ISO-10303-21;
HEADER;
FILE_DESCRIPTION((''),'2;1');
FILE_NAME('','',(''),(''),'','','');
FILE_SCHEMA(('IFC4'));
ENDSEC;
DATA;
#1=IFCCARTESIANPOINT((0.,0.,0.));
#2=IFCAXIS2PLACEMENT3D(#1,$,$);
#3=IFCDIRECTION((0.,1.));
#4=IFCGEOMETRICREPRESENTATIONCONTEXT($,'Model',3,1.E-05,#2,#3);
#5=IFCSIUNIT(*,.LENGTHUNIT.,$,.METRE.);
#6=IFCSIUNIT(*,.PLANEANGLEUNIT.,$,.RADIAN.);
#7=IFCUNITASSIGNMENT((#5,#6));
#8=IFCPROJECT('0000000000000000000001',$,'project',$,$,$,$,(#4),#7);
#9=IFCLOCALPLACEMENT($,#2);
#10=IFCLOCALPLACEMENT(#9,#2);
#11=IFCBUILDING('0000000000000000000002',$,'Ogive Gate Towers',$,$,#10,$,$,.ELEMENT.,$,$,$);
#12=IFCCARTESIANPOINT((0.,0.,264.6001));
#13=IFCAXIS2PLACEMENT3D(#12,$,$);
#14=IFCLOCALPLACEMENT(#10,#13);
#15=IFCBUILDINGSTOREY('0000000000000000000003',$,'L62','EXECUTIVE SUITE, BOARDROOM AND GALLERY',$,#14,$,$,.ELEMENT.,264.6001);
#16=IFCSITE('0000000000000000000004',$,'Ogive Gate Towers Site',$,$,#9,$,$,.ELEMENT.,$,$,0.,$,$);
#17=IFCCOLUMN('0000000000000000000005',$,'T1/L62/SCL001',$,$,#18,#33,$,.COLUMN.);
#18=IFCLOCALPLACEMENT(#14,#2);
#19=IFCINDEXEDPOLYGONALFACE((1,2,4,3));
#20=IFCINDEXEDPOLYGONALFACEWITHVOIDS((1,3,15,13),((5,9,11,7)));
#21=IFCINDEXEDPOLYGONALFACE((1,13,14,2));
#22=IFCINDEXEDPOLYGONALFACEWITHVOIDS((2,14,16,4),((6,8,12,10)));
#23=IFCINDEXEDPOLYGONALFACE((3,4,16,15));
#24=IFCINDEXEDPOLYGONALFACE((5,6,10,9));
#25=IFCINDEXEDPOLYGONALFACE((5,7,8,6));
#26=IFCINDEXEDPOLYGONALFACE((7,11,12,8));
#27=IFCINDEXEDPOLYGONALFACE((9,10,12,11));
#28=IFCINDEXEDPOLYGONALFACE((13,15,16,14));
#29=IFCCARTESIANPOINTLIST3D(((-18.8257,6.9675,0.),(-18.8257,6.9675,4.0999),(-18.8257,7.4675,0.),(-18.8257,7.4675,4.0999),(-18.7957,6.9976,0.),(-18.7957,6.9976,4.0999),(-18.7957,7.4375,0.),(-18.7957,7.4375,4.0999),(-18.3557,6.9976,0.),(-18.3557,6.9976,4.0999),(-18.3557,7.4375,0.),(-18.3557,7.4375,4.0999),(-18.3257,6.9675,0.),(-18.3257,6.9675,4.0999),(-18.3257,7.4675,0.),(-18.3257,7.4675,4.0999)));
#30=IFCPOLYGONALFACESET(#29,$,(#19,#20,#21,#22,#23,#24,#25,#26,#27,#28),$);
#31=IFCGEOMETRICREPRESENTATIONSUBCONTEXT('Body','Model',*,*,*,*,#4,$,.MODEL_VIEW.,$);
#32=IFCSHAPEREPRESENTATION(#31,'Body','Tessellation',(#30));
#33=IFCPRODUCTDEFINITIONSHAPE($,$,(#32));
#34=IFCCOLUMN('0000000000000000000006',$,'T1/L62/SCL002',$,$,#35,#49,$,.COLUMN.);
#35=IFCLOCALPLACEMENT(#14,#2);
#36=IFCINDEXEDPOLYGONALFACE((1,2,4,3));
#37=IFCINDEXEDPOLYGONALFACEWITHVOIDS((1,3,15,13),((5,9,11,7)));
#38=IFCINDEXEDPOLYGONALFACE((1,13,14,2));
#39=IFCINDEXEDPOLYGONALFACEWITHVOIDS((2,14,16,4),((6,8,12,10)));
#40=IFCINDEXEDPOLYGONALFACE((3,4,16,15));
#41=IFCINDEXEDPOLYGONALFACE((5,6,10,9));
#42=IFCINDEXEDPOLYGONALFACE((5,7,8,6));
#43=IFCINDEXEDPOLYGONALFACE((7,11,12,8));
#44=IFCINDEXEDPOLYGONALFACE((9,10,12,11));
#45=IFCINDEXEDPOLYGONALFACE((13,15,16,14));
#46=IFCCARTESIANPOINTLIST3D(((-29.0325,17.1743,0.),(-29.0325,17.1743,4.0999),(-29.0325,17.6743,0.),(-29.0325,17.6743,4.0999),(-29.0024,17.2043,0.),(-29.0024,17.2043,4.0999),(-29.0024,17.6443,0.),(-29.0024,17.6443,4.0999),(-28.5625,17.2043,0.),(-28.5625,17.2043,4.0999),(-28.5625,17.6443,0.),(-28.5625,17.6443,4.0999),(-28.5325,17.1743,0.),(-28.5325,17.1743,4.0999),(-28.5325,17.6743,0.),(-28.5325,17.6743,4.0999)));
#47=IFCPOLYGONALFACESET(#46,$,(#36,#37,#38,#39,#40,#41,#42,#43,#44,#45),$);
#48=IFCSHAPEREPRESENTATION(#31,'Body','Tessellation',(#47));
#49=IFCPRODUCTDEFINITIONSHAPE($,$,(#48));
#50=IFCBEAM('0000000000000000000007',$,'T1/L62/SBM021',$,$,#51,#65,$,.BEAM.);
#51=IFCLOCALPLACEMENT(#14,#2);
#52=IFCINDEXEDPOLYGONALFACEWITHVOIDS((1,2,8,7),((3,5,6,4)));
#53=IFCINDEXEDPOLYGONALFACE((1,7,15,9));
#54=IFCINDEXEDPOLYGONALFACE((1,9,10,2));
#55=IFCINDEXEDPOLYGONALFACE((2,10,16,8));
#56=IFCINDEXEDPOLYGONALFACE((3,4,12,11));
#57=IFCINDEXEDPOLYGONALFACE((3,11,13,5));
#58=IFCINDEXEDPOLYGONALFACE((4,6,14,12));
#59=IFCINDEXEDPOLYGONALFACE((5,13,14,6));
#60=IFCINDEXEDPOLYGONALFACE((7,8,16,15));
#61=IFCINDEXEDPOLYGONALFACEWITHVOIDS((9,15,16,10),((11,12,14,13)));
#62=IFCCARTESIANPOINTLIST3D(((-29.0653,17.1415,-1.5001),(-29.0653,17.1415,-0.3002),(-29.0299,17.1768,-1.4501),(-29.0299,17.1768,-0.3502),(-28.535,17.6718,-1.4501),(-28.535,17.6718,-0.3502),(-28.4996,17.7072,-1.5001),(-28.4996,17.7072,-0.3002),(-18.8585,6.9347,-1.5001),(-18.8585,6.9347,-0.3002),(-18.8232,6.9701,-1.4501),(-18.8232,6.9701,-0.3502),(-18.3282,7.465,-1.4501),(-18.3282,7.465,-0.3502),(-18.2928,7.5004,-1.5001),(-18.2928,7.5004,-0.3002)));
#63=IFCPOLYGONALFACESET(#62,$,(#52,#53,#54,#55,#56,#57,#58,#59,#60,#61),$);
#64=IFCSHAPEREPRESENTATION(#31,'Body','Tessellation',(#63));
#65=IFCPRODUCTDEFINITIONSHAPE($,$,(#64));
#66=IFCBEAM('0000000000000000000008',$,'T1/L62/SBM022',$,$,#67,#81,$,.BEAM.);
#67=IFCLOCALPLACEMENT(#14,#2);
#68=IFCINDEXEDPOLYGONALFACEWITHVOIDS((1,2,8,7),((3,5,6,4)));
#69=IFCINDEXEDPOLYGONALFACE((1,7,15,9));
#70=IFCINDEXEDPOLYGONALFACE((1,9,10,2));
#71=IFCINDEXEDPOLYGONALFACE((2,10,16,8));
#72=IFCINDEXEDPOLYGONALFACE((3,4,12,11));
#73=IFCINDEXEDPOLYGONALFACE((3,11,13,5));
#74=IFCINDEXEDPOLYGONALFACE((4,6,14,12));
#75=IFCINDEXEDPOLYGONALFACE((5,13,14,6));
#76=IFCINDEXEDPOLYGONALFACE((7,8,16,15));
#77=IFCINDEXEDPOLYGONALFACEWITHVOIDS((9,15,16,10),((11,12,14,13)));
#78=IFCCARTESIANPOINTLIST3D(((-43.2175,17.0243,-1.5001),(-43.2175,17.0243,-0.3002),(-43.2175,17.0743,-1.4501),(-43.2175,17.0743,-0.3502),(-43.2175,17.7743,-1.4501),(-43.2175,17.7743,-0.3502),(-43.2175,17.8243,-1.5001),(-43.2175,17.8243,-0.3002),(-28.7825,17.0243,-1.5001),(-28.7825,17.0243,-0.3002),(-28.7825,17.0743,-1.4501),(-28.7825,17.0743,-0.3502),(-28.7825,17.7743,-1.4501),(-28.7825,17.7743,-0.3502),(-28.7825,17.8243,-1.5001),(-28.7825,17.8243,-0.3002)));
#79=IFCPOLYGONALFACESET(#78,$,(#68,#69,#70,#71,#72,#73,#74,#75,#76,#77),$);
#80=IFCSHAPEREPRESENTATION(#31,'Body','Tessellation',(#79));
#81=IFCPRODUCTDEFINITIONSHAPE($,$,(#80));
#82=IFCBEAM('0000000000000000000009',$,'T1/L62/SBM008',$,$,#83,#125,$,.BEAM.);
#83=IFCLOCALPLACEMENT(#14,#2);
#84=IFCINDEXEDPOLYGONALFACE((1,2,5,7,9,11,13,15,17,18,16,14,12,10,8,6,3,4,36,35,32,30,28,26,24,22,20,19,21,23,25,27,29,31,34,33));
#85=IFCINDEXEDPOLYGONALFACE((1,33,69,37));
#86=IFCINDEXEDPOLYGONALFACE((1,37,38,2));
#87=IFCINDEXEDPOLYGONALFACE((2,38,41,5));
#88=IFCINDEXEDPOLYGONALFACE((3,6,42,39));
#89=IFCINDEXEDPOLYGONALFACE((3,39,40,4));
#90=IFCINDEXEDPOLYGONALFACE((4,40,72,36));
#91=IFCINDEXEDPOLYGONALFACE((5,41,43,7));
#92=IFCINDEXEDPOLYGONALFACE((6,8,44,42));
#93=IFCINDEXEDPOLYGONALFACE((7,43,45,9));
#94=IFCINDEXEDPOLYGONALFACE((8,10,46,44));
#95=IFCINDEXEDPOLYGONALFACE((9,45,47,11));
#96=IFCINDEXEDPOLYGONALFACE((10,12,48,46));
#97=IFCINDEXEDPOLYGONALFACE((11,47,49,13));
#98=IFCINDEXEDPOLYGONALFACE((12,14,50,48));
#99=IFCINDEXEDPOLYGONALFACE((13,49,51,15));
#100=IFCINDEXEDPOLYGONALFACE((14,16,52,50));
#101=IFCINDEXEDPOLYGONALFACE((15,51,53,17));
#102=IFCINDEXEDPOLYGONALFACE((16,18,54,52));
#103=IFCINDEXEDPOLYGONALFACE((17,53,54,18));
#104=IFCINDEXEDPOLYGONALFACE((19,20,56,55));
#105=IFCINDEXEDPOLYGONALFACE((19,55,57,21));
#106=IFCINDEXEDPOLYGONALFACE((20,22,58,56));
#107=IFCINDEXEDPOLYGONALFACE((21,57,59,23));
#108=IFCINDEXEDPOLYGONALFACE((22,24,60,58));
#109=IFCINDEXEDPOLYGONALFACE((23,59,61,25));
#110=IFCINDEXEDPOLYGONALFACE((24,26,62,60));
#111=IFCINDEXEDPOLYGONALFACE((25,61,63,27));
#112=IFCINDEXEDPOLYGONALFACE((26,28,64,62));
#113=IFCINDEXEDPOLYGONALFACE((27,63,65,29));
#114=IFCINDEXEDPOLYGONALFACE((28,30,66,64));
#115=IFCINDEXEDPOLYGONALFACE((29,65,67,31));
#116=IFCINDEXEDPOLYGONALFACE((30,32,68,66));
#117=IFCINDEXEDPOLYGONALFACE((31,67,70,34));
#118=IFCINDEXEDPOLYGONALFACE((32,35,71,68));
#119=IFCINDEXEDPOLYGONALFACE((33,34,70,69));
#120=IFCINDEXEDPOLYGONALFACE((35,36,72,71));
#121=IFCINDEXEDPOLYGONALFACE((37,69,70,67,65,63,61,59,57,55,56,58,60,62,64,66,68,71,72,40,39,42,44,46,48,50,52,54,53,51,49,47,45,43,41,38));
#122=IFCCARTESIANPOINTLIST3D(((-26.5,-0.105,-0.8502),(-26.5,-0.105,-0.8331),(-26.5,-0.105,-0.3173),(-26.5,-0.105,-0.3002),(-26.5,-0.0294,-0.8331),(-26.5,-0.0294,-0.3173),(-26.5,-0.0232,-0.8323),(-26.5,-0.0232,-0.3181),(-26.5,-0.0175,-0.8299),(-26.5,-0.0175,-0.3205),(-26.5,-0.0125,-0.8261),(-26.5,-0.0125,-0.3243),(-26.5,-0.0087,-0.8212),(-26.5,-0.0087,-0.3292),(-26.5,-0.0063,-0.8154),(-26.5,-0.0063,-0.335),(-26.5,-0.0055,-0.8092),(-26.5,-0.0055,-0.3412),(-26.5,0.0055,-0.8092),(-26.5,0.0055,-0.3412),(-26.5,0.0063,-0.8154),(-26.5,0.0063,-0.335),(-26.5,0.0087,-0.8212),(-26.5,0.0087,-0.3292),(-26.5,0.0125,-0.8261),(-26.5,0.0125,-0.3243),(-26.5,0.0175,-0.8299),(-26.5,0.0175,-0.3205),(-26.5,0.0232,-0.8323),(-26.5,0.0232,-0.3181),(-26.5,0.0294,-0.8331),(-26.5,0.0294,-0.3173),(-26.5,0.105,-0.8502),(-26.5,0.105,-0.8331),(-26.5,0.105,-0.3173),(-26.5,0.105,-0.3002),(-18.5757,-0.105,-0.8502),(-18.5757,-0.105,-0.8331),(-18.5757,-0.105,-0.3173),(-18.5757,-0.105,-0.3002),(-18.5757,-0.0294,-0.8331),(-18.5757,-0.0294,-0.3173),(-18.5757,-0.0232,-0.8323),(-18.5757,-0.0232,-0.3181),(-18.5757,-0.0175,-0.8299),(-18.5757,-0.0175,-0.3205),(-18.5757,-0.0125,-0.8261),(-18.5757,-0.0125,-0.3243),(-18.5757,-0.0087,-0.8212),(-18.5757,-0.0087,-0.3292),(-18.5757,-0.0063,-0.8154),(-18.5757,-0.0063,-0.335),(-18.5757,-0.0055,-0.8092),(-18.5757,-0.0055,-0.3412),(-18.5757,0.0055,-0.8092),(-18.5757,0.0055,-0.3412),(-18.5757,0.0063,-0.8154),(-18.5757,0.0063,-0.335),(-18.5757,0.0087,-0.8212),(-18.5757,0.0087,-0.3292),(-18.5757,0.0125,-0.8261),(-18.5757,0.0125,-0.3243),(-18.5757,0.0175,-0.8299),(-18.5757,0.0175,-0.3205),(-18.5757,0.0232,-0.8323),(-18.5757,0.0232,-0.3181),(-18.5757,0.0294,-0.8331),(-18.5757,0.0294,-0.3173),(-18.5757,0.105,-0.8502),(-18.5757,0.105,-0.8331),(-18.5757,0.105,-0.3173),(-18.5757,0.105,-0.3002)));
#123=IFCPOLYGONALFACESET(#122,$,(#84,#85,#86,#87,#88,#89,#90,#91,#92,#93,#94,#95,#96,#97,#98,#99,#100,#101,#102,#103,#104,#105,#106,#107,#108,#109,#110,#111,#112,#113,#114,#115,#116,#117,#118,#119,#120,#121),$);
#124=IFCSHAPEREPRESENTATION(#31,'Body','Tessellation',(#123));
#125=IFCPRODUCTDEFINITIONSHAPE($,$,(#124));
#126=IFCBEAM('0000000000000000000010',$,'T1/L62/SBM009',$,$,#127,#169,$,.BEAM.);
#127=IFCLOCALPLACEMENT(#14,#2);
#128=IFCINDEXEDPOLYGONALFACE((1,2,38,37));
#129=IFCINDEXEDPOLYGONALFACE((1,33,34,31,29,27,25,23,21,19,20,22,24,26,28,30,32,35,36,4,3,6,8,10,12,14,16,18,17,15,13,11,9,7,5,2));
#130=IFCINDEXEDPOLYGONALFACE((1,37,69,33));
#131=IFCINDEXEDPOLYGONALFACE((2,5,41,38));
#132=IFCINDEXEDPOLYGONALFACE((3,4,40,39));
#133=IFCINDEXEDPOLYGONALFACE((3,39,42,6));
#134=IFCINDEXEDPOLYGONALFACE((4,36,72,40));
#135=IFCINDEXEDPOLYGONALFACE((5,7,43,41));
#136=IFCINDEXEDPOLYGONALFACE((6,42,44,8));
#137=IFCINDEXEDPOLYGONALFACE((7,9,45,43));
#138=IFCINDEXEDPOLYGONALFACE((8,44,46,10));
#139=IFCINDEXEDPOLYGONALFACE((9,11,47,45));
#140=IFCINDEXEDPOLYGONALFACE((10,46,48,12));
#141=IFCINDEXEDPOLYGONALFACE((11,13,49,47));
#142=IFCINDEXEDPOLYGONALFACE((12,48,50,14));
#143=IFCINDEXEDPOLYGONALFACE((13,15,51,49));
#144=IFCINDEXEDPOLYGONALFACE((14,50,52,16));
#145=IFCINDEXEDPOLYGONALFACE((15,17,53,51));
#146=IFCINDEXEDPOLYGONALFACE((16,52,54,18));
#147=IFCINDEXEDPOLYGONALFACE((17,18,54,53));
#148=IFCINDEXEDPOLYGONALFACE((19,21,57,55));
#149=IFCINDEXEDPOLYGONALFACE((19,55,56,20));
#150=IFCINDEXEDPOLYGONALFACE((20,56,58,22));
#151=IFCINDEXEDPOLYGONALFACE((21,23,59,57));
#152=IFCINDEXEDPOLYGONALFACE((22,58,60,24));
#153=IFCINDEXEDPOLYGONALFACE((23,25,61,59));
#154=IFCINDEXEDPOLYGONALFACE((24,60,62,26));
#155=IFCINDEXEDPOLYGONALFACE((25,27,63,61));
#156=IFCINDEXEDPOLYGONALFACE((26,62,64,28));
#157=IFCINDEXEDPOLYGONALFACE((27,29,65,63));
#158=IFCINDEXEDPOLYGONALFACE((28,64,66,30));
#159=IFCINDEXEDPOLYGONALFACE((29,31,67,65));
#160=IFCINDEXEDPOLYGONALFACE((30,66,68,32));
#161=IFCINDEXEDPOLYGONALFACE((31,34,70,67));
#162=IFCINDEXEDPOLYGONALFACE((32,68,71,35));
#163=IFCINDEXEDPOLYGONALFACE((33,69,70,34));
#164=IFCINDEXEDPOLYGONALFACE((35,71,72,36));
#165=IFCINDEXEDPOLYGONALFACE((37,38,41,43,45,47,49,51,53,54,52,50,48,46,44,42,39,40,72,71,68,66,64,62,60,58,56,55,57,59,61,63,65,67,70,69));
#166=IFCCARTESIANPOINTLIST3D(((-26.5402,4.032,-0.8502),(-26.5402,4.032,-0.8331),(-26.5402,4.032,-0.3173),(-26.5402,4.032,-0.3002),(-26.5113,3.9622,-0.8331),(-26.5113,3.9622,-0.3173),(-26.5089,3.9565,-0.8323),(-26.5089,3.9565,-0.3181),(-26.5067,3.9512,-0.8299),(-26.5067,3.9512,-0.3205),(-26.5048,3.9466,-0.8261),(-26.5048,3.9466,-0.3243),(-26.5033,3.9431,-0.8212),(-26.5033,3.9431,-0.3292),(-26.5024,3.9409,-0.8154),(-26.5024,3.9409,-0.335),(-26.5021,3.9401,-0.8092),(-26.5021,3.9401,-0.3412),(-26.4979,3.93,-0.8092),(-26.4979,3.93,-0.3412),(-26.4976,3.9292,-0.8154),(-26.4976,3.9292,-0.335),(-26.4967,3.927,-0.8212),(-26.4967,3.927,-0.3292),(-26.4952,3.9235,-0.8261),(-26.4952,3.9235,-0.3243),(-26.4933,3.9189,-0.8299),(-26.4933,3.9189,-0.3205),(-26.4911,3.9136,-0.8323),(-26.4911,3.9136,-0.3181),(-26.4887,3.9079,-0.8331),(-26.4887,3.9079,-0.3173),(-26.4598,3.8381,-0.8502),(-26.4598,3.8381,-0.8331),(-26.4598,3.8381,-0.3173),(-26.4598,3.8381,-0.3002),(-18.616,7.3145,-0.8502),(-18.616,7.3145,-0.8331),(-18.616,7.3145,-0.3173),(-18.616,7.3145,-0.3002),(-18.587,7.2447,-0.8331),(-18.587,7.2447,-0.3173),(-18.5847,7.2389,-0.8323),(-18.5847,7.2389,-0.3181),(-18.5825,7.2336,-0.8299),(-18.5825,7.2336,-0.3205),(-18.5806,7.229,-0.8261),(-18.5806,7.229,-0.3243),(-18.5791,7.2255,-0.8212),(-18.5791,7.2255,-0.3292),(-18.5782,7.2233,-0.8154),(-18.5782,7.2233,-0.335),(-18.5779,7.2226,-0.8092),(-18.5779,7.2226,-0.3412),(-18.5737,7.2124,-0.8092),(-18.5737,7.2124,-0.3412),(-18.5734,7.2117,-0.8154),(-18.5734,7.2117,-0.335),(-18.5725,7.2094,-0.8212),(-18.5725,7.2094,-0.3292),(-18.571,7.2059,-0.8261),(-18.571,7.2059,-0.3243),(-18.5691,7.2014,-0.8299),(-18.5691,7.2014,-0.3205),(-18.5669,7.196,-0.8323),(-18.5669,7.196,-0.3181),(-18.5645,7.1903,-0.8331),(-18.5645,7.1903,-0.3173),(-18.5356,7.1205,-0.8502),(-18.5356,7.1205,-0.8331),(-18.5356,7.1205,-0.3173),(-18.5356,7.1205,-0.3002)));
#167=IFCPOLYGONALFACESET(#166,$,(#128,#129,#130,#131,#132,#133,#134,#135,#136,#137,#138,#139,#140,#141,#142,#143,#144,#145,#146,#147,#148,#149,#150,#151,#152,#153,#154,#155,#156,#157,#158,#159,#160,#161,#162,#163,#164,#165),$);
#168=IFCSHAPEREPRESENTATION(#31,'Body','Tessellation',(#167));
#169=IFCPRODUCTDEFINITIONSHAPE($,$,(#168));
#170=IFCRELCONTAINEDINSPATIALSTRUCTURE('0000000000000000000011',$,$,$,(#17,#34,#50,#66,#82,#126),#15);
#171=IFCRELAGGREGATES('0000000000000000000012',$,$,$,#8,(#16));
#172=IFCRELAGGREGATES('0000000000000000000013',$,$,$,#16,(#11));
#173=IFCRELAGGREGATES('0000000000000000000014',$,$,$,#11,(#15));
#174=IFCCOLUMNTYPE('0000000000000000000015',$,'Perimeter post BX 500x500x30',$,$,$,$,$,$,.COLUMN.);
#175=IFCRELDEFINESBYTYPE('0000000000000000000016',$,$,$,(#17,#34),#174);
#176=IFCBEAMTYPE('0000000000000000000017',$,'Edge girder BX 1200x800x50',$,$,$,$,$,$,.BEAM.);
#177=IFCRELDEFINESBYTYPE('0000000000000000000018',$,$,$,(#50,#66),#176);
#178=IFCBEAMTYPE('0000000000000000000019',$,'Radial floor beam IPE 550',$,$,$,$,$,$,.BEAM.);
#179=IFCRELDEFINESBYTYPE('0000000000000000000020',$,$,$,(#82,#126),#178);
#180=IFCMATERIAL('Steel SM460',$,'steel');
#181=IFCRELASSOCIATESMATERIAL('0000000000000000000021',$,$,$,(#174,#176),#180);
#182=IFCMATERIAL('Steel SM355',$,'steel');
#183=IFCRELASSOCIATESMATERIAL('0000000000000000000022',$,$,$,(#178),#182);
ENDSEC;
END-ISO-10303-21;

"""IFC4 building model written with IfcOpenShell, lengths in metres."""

from ifc_helpers import new_model, si_unit, direction, frame, origin, origin_2d, place, context, subcontext, project, spatial, hollow_rectangle, i_section, extrude, material, material_profile, profile_set, type_object, element, save


model = new_model("IFC4")

# Units and contexts
model_context = context("Model", 3, precision=1e-05, world=origin(), true_north=direction((0.0, 1.0)))
body_context = subcontext(model_context, "Body", "Model", "MODEL_VIEW")
ifc_project = project(units=[si_unit("LENGTHUNIT", "METRE"), si_unit("PLANEANGLEUNIT", "RADIAN")], contexts=[model_context])

# Site, building, storey
site_placement = place(None, origin())
site = spatial("IfcSite", under=ifc_project, at=site_placement, Name="Ogive Gate Towers Site", CompositionType="ELEMENT", RefElevation=0.0)
building_placement = place(site_placement, origin())
building = spatial("IfcBuilding", under=site, at=building_placement, Name="Ogive Gate Towers", CompositionType="ELEMENT")
storey_placement = place(building_placement, frame((0.0, 0.0, 264.6001)))
storey = spatial("IfcBuildingStorey", under=building, at=storey_placement, Name="L62", Description="EXECUTIVE SUITE, BOARDROOM AND GALLERY", CompositionType="ELEMENT", Elevation=264.6001)

# Columns
ifc_material_1 = material(Name="Steel SM460", Category="steel")
ifc_material_profile_1 = material_profile(ifc_material_1, hollow_rectangle(XDim=0.5, YDim=0.5, WallThickness=0.03, at=origin_2d()), Name="BX 500x500x30")
ifc_profile_set_1 = profile_set([ifc_material_profile_1], Name="Steel SM460")
column_type = type_object("IfcColumnType", Name="Perimeter post BX 500x500x30", PredefinedType="COLUMN", material=ifc_profile_set_1)
for number, where, z_axis, x_axis, name in (
    (1, (-18.5757, 7.2175, 0.0), (0.0, 0.0, 1.0), (1.0, 0.0, 0.0), "T1/L62/SCL001"),
    (2, (-28.7825, 17.4243, 0.0), (0.0, 0.0, 1.0), (1.0, 0.0, 0.0), "T1/L62/SCL002"),
):
    element("IfcColumn", number, at=place(storey_placement, frame(where, z_axis=z_axis, x_axis=x_axis)), inside=storey, type_object=column_type, Name=name, PredefinedType="COLUMN", context=body_context, shape_type="SweptSolid", body=[
        extrude(hollow_rectangle(XDim=0.5, YDim=0.5, WallThickness=0.03, at=origin_2d()), origin(), (0.0, 0.0, 1.0), 4.0999),
    ])

# Beams
ifc_material_profile_2 = material_profile(ifc_material_1, hollow_rectangle(XDim=0.8, YDim=1.2, WallThickness=0.05, at=origin_2d()), Name="BX 1200x800x50")
ifc_profile_set_2 = profile_set([ifc_material_profile_2], Name="Steel SM460")
beam_type_1 = type_object("IfcBeamType", Name="Edge girder BX 1200x800x50", PredefinedType="BEAM", material=ifc_profile_set_2)
beam_1_placement = place(storey_placement, frame((-18.5757, 7.2175, -0.9001), z_axis=(-0.707107, 0.707107, 0.0), x_axis=(-0.707107, -0.707107, 0.0)))
element("IfcBeam", 3, at=beam_1_placement, inside=storey, type_object=beam_type_1, Name="T1/L62/SBM021", PredefinedType="BEAM", context=body_context, shape_type="SweptSolid", body=[
    extrude(hollow_rectangle(XDim=0.8, YDim=1.2, WallThickness=0.05, at=origin_2d()), origin(), (0.0, 0.0, 1.0), 14.4346),
])
beam_2_placement = place(storey_placement, frame((-28.7825, 17.4243, -0.9001), z_axis=(-1.0, 0.0, 0.0), x_axis=(0.0, -1.0, 0.0)))
element("IfcBeam", 4, at=beam_2_placement, inside=storey, type_object=beam_type_1, Name="T1/L62/SBM022", PredefinedType="BEAM", context=body_context, shape_type="SweptSolid", body=[
    extrude(hollow_rectangle(XDim=0.8, YDim=1.2, WallThickness=0.05, at=origin_2d()), origin(), (0.0, 0.0, 1.0), 14.4351),
])
ifc_material_2 = material(Name="Steel SM355", Category="steel")
ifc_material_profile_3 = material_profile(ifc_material_2, i_section(OverallWidth=0.21, OverallDepth=0.55, WebThickness=0.011, FlangeThickness=0.0171, FilletRadius=0.0239, at=origin_2d()), Name="IPE 550")
ifc_profile_set_3 = profile_set([ifc_material_profile_3], Name="Steel SM355")
beam_type_2 = type_object("IfcBeamType", Name="Radial floor beam IPE 550", PredefinedType="BEAM", material=ifc_profile_set_3)
beam_3_placement = place(storey_placement, frame((-26.5, 0.0, -0.5752), z_axis=(1.0, 0.0, 0.0), x_axis=(0.0, 1.0, 0.0)))
element("IfcBeam", 5, at=beam_3_placement, inside=storey, type_object=beam_type_2, Name="T1/L62/SBM008", PredefinedType="BEAM", context=body_context, shape_type="SweptSolid", body=[
    extrude(i_section(OverallWidth=0.21, OverallDepth=0.55, WebThickness=0.011, FlangeThickness=0.0171, FilletRadius=0.0239, at=origin_2d()), origin(), (0.0, 0.0, 1.0), 7.9243),
])
beam_4_placement = place(storey_placement, frame((-26.5, 3.9351, -0.5752), z_axis=(0.923875, 0.382695, 0.0), x_axis=(-0.382695, 0.923875, 0.0)))
element("IfcBeam", 6, at=beam_4_placement, inside=storey, type_object=beam_type_2, Name="T1/L62/SBM009", PredefinedType="BEAM", context=body_context, shape_type="SweptSolid", body=[
    extrude(i_section(OverallWidth=0.21, OverallDepth=0.55, WebThickness=0.011, FlangeThickness=0.0171, FilletRadius=0.0239, at=origin_2d()), origin(), (0.0, 0.0, 1.0), 8.5771),
])

save(model, "model.ifc")
